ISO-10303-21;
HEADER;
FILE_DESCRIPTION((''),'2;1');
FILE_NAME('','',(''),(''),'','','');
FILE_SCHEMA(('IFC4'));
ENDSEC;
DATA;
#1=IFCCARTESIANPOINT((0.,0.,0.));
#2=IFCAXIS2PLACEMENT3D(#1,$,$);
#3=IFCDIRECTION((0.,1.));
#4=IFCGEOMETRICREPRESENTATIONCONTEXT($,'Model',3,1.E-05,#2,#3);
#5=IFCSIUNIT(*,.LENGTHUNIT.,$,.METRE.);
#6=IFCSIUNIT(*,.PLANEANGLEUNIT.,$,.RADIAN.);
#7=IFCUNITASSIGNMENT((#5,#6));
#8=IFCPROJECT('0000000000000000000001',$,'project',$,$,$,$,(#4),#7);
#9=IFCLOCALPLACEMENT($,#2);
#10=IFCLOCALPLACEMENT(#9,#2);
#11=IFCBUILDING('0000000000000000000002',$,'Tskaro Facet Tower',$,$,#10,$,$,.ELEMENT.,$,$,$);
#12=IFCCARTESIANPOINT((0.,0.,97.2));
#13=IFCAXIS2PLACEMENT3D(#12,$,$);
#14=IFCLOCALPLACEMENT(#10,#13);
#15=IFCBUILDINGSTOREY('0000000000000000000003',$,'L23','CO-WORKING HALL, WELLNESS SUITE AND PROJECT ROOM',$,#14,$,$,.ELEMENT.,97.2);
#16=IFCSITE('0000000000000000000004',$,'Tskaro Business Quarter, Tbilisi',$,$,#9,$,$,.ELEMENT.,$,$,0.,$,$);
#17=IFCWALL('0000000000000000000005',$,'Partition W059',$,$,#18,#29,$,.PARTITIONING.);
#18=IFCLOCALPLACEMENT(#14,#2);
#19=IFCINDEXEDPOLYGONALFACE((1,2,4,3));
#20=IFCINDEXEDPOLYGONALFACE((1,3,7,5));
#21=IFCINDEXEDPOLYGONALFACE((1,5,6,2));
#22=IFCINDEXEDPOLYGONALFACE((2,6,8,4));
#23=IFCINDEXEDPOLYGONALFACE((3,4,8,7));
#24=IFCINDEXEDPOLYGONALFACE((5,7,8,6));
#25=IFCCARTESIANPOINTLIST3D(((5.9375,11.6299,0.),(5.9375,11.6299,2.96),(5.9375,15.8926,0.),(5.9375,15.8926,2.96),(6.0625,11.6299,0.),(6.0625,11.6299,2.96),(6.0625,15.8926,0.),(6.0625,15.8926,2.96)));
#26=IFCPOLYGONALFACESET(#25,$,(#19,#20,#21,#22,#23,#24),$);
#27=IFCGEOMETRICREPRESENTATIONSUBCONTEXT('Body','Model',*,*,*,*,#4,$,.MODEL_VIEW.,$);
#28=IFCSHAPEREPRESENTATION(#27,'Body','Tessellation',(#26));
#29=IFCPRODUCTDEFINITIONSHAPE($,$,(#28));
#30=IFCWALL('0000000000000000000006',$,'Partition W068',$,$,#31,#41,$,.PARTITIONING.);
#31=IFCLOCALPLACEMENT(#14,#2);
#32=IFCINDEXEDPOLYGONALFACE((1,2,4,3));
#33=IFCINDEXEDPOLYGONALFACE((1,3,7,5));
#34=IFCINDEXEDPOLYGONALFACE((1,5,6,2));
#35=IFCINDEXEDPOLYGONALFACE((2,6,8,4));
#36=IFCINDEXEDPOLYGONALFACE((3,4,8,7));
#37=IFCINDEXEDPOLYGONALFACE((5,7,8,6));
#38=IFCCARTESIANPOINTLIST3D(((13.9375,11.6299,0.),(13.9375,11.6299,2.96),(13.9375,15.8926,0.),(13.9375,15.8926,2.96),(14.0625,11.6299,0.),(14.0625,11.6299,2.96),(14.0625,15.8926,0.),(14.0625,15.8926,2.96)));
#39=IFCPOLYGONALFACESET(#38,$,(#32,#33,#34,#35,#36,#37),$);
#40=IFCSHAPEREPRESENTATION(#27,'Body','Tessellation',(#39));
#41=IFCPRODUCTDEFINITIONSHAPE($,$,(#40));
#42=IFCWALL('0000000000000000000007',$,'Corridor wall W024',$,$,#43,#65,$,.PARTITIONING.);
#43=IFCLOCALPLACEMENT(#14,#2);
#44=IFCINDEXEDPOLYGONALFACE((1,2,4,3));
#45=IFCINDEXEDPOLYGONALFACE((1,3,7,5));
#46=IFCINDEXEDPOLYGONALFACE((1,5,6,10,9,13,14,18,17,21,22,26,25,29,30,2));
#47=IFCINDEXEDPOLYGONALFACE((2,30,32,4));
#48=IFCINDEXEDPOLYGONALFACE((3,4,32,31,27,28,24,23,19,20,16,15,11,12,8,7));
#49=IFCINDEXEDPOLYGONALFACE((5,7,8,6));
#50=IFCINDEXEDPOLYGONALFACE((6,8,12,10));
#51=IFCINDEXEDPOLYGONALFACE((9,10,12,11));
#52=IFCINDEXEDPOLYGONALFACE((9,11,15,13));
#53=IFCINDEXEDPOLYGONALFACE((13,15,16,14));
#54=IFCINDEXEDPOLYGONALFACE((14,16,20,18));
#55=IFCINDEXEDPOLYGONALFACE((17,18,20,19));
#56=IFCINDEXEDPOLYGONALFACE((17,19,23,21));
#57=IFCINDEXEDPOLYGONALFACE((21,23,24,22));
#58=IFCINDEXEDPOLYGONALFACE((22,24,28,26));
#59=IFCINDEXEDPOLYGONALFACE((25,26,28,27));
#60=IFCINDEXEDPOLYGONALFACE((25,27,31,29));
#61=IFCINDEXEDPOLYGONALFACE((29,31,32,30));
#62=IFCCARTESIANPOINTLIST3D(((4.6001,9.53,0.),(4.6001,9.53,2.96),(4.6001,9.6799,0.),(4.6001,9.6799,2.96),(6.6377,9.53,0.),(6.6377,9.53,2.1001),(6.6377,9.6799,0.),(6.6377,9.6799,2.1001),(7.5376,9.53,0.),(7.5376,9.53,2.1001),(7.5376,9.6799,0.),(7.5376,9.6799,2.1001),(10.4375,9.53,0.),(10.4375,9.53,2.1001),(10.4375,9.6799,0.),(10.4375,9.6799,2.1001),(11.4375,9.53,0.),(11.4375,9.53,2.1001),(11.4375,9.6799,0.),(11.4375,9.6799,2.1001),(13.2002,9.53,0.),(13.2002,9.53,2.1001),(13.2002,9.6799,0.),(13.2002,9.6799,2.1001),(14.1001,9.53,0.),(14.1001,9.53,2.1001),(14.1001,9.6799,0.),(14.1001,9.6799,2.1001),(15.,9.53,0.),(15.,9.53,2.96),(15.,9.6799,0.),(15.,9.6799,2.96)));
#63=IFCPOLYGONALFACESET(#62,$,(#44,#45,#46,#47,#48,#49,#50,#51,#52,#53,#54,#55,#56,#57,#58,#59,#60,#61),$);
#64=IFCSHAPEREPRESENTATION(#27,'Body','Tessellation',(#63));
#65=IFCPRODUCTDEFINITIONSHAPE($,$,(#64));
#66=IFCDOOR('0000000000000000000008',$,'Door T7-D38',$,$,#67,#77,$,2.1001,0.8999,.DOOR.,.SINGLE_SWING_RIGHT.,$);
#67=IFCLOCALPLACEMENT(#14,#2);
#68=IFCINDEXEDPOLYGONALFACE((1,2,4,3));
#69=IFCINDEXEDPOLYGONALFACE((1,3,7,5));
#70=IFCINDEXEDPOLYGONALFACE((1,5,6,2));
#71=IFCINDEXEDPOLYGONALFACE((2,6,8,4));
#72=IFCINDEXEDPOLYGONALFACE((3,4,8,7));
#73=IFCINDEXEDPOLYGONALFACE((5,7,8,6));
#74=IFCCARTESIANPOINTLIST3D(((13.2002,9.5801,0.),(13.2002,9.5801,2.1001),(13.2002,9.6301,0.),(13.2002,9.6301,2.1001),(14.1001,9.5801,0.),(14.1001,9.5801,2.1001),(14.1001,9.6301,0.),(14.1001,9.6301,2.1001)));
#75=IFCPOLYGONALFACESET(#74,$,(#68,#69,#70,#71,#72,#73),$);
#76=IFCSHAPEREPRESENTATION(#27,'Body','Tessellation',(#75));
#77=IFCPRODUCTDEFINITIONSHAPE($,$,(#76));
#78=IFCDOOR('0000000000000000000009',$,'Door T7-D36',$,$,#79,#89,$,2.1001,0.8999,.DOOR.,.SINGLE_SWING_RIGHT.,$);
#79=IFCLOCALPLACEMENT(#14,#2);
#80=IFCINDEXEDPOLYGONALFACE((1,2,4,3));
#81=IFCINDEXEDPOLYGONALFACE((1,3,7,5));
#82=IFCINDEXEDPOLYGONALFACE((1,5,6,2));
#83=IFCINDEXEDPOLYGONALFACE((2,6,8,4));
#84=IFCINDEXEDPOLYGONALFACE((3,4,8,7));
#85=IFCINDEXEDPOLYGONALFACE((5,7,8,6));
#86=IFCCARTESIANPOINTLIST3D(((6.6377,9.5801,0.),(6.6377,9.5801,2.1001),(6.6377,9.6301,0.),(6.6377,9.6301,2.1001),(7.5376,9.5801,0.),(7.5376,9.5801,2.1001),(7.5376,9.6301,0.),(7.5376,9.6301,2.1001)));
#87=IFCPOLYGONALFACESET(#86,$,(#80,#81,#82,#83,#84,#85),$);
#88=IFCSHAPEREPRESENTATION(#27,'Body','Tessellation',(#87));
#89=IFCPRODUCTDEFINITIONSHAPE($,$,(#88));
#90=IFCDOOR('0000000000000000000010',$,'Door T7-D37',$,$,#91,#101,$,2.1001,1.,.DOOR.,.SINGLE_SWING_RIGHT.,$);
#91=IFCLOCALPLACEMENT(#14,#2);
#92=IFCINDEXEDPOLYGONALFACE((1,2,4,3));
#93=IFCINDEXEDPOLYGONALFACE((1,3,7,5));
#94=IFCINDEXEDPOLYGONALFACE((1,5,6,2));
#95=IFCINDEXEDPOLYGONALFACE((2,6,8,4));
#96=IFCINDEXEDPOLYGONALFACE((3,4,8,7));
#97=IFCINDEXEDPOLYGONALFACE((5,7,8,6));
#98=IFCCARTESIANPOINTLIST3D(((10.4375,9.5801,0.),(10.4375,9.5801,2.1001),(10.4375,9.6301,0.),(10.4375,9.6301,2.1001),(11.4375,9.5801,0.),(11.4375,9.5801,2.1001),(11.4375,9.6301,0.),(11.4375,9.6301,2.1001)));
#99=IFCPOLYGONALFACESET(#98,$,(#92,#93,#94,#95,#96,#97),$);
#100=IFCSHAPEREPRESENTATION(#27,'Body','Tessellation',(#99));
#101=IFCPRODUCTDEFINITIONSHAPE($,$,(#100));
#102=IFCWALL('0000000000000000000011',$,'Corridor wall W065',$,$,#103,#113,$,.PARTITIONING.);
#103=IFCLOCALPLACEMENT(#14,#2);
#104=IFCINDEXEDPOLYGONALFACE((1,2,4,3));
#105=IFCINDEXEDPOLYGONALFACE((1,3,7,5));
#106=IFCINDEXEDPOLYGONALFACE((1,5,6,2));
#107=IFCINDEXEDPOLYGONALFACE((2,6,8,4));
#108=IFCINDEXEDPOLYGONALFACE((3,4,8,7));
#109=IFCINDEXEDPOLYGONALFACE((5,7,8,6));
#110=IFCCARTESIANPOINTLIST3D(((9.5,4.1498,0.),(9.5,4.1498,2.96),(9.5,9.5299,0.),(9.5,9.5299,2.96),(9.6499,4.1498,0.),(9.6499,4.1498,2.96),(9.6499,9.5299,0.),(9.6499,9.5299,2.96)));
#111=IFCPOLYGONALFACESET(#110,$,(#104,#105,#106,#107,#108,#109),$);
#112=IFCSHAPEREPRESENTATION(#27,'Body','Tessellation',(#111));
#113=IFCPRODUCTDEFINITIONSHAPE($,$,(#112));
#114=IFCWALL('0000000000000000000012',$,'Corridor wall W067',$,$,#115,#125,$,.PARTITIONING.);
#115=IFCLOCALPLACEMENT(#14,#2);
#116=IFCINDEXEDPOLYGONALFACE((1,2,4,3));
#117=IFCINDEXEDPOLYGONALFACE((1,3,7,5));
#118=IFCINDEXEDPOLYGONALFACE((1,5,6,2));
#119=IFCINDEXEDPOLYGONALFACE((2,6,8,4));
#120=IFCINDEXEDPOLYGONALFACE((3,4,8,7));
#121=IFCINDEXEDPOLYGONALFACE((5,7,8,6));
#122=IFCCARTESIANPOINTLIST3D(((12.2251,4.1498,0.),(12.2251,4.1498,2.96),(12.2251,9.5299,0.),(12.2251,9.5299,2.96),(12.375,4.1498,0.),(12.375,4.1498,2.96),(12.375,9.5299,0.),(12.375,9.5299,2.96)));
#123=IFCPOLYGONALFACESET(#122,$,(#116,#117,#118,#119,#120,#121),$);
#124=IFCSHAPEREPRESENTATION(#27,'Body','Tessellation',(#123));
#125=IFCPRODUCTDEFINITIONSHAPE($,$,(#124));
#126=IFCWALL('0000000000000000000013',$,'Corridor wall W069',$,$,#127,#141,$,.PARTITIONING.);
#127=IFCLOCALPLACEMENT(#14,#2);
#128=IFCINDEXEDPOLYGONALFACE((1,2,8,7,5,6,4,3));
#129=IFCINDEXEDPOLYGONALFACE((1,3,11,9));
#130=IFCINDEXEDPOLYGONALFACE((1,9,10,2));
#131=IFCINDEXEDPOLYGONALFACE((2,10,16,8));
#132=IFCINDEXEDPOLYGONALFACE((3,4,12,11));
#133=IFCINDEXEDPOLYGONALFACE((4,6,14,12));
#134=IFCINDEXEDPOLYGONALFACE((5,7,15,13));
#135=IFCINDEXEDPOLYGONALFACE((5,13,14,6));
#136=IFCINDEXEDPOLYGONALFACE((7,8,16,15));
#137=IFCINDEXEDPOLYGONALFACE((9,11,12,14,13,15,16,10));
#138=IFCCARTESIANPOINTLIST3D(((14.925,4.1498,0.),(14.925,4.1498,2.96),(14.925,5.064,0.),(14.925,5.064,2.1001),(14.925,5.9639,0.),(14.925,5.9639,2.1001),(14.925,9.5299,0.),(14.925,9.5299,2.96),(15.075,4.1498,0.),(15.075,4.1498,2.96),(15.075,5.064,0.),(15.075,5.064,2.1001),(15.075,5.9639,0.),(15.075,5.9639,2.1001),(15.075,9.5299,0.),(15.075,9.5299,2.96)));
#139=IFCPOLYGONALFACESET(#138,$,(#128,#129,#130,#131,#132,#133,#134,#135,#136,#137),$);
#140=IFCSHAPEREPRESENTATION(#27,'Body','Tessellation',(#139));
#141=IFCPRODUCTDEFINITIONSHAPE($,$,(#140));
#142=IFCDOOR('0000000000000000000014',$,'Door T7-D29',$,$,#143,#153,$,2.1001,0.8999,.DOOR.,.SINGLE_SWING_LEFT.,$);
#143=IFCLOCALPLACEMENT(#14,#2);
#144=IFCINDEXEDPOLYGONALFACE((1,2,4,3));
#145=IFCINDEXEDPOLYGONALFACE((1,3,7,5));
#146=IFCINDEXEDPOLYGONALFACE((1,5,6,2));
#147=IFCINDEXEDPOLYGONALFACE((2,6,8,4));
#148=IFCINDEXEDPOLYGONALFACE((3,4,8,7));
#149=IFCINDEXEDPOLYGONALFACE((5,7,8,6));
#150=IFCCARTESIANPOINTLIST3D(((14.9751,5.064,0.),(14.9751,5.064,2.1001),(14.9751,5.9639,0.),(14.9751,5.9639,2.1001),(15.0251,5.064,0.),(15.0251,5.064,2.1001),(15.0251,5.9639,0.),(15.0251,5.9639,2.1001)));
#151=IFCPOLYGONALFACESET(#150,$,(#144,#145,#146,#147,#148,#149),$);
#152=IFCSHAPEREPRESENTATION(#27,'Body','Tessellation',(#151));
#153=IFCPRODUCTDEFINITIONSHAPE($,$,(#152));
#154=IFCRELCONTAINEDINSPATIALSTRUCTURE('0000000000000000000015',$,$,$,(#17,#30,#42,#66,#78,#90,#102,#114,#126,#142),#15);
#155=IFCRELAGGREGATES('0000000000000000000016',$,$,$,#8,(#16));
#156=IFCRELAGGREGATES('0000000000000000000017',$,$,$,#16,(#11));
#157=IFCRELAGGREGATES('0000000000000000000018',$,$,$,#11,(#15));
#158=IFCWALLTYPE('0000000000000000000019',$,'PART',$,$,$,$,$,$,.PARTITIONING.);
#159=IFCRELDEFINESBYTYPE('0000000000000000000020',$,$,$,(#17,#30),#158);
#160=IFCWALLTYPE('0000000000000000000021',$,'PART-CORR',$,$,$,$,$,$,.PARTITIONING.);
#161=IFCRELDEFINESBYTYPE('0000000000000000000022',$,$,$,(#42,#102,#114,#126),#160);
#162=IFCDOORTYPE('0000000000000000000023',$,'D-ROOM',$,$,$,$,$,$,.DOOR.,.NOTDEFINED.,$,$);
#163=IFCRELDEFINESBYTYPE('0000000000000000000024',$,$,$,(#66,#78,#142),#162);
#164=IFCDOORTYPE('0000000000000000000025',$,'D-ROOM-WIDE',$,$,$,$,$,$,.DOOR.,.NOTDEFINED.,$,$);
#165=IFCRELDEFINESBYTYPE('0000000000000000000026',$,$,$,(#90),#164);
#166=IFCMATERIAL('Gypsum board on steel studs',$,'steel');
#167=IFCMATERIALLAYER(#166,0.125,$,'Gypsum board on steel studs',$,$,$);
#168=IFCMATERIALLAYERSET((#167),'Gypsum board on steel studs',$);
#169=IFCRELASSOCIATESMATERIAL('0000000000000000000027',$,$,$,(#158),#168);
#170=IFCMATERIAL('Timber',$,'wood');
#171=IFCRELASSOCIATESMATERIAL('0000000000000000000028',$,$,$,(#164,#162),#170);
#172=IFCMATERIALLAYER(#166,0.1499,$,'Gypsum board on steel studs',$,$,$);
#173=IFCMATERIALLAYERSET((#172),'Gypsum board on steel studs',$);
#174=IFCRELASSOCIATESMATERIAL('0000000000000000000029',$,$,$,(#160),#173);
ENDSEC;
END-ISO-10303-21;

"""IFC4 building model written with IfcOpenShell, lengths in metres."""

from ifc_helpers import new_model, si_unit, direction, frame, frame_2d, origin, place, context, subcontext, project, spatial, rectangle, extrude, material, layer, layer_set, type_object, element, fill, save


model = new_model("IFC4")

# Units and contexts
model_context = context("Model", 3, precision=1e-05, world=origin(), true_north=direction((0.0, 1.0)))
body_context = subcontext(model_context, "Body", "Model", "MODEL_VIEW")
ifc_project = project(units=[si_unit("LENGTHUNIT", "METRE"), si_unit("PLANEANGLEUNIT", "RADIAN")], contexts=[model_context])

# Site, building, storey
site_placement = place(None, origin())
site = spatial("IfcSite", under=ifc_project, at=site_placement, Name="Tskaro Business Quarter, Tbilisi", CompositionType="ELEMENT", RefElevation=0.0)
building_placement = place(site_placement, origin())
building = spatial("IfcBuilding", under=site, at=building_placement, Name="Tskaro Facet Tower", CompositionType="ELEMENT")
storey_placement = place(building_placement, frame((0.0, 0.0, 97.2)))
storey = spatial("IfcBuildingStorey", under=building, at=storey_placement, Name="L23", Description="CO-WORKING HALL, WELLNESS SUITE AND PROJECT ROOM", CompositionType="ELEMENT", Elevation=97.2)

# Shared definitions
ifc_material_1 = material(Name="Gypsum board on steel studs", Category="steel")
ifc_layer_1 = layer(ifc_material_1, 0.125, Name="Gypsum board on steel studs")
ifc_layer_set_1 = layer_set([ifc_layer_1], Name="Gypsum board on steel studs")
wall_type_1 = type_object("IfcWallType", Name="PART", PredefinedType="PARTITIONING", material=ifc_layer_set_1)

# Shared definitions
ifc_material_2 = material(Name="Timber", Category="wood")
door_type_1 = type_object("IfcDoorType", Name="D-ROOM-WIDE", OperationType="NOTDEFINED", PredefinedType="DOOR", material=ifc_material_2)

# Walls
for number, where, z_axis, x_axis, name in (
    (1, (6.0, 11.6299, 0.0), (0.0, 0.0, 1.0), (0.0, 1.0, 0.0), "Partition W059"),
    (2, (14.0, 11.6299, 0.0), (0.0, 0.0, 1.0), (0.0, 1.0, 0.0), "Partition W068"),
):
    element("IfcWall", number, at=place(storey_placement, frame(where, z_axis=z_axis, x_axis=x_axis)), inside=storey, type_object=wall_type_1, Name=name, PredefinedType="PARTITIONING", context=body_context, shape_type="SweptSolid", body=[
        extrude(rectangle(XDim=4.2627, YDim=0.125, at=frame_2d((2.1313, 0.0))), origin(), (0.0, 0.0, 1.0), 2.96),
    ])

# Wall, openings, doors
ifc_layer_2 = layer(ifc_material_1, 0.1499, Name="Gypsum board on steel studs")
ifc_layer_set_2 = layer_set([ifc_layer_2], Name="Gypsum board on steel studs")
wall_type_2 = type_object("IfcWallType", Name="PART-CORR", PredefinedType="PARTITIONING", material=ifc_layer_set_2)
wall_1_placement = place(storey_placement, frame((15.0, 9.605, 0.0), z_axis=(0.0, 0.0, 1.0), x_axis=(-1.0, 0.0, 0.0)))
wall_1 = element("IfcWall", 3, at=wall_1_placement, inside=storey, type_object=wall_type_2, Name="Corridor wall W024", PredefinedType="PARTITIONING", context=body_context, shape_type="SweptSolid", body=[
    extrude(rectangle(XDim=10.3999, YDim=0.1499, at=frame_2d((5.2, 0.0))), origin(), (0.0, 0.0, 1.0), 2.96),
])
opening_1_placement = place(wall_1_placement, frame((0.8999, 0.0, 0.0)))
opening_1 = element("IfcOpeningElement", 4, at=opening_1_placement, cuts=wall_1, PredefinedType="OPENING", context=body_context, shape_type="SweptSolid", body=[
    extrude(rectangle(XDim=0.8999, YDim=2.1001, at=frame_2d((0.45, 1.05))), frame((0.0, 0.085, 0.0), z_axis=(0.0, -1.0, 0.0), x_axis=(1.0, 0.0, 0.0)), (0.0, 0.0, 1.0), 0.1699),
])
opening_2_placement = place(wall_1_placement, frame((7.4624, 0.0, 0.0)))
opening_2 = element("IfcOpeningElement", 5, at=opening_2_placement, cuts=wall_1, PredefinedType="OPENING", context=body_context, shape_type="SweptSolid", body=[
    extrude(rectangle(XDim=0.8999, YDim=2.1001, at=frame_2d((0.45, 1.05))), frame((0.0, 0.085, 0.0), z_axis=(0.0, -1.0, 0.0), x_axis=(1.0, 0.0, 0.0)), (0.0, 0.0, 1.0), 0.1699),
])
opening_3_placement = place(wall_1_placement, frame((3.5625, 0.0, 0.0)))
opening_3 = element("IfcOpeningElement", 6, at=opening_3_placement, cuts=wall_1, PredefinedType="OPENING", context=body_context, shape_type="SweptSolid", body=[
    extrude(rectangle(XDim=1.0, YDim=2.1001, at=frame_2d((0.5, 1.05))), frame((0.0, 0.085, 0.0), z_axis=(0.0, -1.0, 0.0), x_axis=(1.0, 0.0, 0.0)), (0.0, 0.0, 1.0), 0.1699),
])
door_type_2 = type_object("IfcDoorType", Name="D-ROOM", OperationType="NOTDEFINED", PredefinedType="DOOR", material=ifc_material_2)
door_1_placement = place(opening_1_placement, origin())
door_1 = element("IfcDoor", 7, at=door_1_placement, inside=storey, type_object=door_type_2, Name="Door T7-D38", OperationType="SINGLE_SWING_RIGHT", OverallHeight=2.1001, OverallWidth=0.8999, PredefinedType="DOOR", context=body_context, shape_type="SweptSolid", body=[
    extrude(rectangle(XDim=0.8999, YDim=2.1001, at=frame_2d((0.45, 1.05))), frame((0.0, 0.0249, 0.0), z_axis=(0.0, -1.0, 0.0), x_axis=(1.0, 0.0, 0.0)), (0.0, 0.0, 1.0), 0.05),
])
fill(opening_1, door_1)
door_2_placement = place(opening_2_placement, origin())
door_2 = element("IfcDoor", 8, at=door_2_placement, inside=storey, type_object=door_type_2, Name="Door T7-D36", OperationType="SINGLE_SWING_RIGHT", OverallHeight=2.1001, OverallWidth=0.8999, PredefinedType="DOOR", context=body_context, shape_type="SweptSolid", body=[
    extrude(rectangle(XDim=0.8999, YDim=2.1001, at=frame_2d((0.45, 1.05))), frame((0.0, 0.0249, 0.0), z_axis=(0.0, -1.0, 0.0), x_axis=(1.0, 0.0, 0.0)), (0.0, 0.0, 1.0), 0.05),
])
fill(opening_2, door_2)
door_3_placement = place(opening_3_placement, origin())
door_3 = element("IfcDoor", 9, at=door_3_placement, inside=storey, type_object=door_type_1, Name="Door T7-D37", OperationType="SINGLE_SWING_RIGHT", OverallHeight=2.1001, OverallWidth=1.0, PredefinedType="DOOR", context=body_context, shape_type="SweptSolid", body=[
    extrude(rectangle(XDim=1.0, YDim=2.1001, at=frame_2d((0.5, 1.05))), frame((0.0, 0.0249, 0.0), z_axis=(0.0, -1.0, 0.0), x_axis=(1.0, 0.0, 0.0)), (0.0, 0.0, 1.0), 0.05),
])
fill(opening_3, door_3)

# Walls
for number, where, z_axis, x_axis, name in (
    (10, (9.575, 4.1499, 0.0), (0.0, 0.0, 1.0), (0.0, 1.0, 0.0), "Corridor wall W065"),
    (11, (12.3, 4.1499, 0.0), (0.0, 0.0, 1.0), (0.0, 1.0, 0.0), "Corridor wall W067"),
):
    element("IfcWall", number, at=place(storey_placement, frame(where, z_axis=z_axis, x_axis=x_axis)), inside=storey, type_object=wall_type_2, Name=name, PredefinedType="PARTITIONING", context=body_context, shape_type="SweptSolid", body=[
        extrude(rectangle(XDim=5.3801, YDim=0.1499, at=frame_2d((2.6899, 0.0))), origin(), (0.0, 0.0, 1.0), 2.96),
    ])

# Wall, opening, door
wall_2_placement = place(storey_placement, frame((15.0, 4.1499, 0.0), z_axis=(0.0, 0.0, 1.0), x_axis=(0.0, 1.0, 0.0)))
wall_2 = element("IfcWall", 12, at=wall_2_placement, inside=storey, type_object=wall_type_2, Name="Corridor wall W069", PredefinedType="PARTITIONING", context=body_context, shape_type="SweptSolid", body=[
    extrude(rectangle(XDim=5.3801, YDim=0.1499, at=frame_2d((2.6899, 0.0))), origin(), (0.0, 0.0, 1.0), 2.96),
])
opening_4_placement = place(wall_2_placement, frame((0.9141, 0.0, 0.0)))
opening_4 = element("IfcOpeningElement", 13, at=opening_4_placement, cuts=wall_2, PredefinedType="OPENING", context=body_context, shape_type="SweptSolid", body=[
    extrude(rectangle(XDim=0.8999, YDim=2.1001, at=frame_2d((0.45, 1.05))), frame((0.0, 0.085, 0.0), z_axis=(0.0, -1.0, 0.0), x_axis=(1.0, 0.0, 0.0)), (0.0, 0.0, 1.0), 0.1699),
])
door_4_placement = place(opening_4_placement, origin())
door_4 = element("IfcDoor", 14, at=door_4_placement, inside=storey, type_object=door_type_2, Name="Door T7-D29", OperationType="SINGLE_SWING_LEFT", OverallHeight=2.1001, OverallWidth=0.8999, PredefinedType="DOOR", context=body_context, shape_type="SweptSolid", body=[
    extrude(rectangle(XDim=0.8999, YDim=2.1001, at=frame_2d((0.45, 1.05))), frame((0.0, 0.0249, 0.0), z_axis=(0.0, -1.0, 0.0), x_axis=(1.0, 0.0, 0.0)), (0.0, 0.0, 1.0), 0.05),
])
fill(opening_4, door_4)

save(model, "model.ifc")
